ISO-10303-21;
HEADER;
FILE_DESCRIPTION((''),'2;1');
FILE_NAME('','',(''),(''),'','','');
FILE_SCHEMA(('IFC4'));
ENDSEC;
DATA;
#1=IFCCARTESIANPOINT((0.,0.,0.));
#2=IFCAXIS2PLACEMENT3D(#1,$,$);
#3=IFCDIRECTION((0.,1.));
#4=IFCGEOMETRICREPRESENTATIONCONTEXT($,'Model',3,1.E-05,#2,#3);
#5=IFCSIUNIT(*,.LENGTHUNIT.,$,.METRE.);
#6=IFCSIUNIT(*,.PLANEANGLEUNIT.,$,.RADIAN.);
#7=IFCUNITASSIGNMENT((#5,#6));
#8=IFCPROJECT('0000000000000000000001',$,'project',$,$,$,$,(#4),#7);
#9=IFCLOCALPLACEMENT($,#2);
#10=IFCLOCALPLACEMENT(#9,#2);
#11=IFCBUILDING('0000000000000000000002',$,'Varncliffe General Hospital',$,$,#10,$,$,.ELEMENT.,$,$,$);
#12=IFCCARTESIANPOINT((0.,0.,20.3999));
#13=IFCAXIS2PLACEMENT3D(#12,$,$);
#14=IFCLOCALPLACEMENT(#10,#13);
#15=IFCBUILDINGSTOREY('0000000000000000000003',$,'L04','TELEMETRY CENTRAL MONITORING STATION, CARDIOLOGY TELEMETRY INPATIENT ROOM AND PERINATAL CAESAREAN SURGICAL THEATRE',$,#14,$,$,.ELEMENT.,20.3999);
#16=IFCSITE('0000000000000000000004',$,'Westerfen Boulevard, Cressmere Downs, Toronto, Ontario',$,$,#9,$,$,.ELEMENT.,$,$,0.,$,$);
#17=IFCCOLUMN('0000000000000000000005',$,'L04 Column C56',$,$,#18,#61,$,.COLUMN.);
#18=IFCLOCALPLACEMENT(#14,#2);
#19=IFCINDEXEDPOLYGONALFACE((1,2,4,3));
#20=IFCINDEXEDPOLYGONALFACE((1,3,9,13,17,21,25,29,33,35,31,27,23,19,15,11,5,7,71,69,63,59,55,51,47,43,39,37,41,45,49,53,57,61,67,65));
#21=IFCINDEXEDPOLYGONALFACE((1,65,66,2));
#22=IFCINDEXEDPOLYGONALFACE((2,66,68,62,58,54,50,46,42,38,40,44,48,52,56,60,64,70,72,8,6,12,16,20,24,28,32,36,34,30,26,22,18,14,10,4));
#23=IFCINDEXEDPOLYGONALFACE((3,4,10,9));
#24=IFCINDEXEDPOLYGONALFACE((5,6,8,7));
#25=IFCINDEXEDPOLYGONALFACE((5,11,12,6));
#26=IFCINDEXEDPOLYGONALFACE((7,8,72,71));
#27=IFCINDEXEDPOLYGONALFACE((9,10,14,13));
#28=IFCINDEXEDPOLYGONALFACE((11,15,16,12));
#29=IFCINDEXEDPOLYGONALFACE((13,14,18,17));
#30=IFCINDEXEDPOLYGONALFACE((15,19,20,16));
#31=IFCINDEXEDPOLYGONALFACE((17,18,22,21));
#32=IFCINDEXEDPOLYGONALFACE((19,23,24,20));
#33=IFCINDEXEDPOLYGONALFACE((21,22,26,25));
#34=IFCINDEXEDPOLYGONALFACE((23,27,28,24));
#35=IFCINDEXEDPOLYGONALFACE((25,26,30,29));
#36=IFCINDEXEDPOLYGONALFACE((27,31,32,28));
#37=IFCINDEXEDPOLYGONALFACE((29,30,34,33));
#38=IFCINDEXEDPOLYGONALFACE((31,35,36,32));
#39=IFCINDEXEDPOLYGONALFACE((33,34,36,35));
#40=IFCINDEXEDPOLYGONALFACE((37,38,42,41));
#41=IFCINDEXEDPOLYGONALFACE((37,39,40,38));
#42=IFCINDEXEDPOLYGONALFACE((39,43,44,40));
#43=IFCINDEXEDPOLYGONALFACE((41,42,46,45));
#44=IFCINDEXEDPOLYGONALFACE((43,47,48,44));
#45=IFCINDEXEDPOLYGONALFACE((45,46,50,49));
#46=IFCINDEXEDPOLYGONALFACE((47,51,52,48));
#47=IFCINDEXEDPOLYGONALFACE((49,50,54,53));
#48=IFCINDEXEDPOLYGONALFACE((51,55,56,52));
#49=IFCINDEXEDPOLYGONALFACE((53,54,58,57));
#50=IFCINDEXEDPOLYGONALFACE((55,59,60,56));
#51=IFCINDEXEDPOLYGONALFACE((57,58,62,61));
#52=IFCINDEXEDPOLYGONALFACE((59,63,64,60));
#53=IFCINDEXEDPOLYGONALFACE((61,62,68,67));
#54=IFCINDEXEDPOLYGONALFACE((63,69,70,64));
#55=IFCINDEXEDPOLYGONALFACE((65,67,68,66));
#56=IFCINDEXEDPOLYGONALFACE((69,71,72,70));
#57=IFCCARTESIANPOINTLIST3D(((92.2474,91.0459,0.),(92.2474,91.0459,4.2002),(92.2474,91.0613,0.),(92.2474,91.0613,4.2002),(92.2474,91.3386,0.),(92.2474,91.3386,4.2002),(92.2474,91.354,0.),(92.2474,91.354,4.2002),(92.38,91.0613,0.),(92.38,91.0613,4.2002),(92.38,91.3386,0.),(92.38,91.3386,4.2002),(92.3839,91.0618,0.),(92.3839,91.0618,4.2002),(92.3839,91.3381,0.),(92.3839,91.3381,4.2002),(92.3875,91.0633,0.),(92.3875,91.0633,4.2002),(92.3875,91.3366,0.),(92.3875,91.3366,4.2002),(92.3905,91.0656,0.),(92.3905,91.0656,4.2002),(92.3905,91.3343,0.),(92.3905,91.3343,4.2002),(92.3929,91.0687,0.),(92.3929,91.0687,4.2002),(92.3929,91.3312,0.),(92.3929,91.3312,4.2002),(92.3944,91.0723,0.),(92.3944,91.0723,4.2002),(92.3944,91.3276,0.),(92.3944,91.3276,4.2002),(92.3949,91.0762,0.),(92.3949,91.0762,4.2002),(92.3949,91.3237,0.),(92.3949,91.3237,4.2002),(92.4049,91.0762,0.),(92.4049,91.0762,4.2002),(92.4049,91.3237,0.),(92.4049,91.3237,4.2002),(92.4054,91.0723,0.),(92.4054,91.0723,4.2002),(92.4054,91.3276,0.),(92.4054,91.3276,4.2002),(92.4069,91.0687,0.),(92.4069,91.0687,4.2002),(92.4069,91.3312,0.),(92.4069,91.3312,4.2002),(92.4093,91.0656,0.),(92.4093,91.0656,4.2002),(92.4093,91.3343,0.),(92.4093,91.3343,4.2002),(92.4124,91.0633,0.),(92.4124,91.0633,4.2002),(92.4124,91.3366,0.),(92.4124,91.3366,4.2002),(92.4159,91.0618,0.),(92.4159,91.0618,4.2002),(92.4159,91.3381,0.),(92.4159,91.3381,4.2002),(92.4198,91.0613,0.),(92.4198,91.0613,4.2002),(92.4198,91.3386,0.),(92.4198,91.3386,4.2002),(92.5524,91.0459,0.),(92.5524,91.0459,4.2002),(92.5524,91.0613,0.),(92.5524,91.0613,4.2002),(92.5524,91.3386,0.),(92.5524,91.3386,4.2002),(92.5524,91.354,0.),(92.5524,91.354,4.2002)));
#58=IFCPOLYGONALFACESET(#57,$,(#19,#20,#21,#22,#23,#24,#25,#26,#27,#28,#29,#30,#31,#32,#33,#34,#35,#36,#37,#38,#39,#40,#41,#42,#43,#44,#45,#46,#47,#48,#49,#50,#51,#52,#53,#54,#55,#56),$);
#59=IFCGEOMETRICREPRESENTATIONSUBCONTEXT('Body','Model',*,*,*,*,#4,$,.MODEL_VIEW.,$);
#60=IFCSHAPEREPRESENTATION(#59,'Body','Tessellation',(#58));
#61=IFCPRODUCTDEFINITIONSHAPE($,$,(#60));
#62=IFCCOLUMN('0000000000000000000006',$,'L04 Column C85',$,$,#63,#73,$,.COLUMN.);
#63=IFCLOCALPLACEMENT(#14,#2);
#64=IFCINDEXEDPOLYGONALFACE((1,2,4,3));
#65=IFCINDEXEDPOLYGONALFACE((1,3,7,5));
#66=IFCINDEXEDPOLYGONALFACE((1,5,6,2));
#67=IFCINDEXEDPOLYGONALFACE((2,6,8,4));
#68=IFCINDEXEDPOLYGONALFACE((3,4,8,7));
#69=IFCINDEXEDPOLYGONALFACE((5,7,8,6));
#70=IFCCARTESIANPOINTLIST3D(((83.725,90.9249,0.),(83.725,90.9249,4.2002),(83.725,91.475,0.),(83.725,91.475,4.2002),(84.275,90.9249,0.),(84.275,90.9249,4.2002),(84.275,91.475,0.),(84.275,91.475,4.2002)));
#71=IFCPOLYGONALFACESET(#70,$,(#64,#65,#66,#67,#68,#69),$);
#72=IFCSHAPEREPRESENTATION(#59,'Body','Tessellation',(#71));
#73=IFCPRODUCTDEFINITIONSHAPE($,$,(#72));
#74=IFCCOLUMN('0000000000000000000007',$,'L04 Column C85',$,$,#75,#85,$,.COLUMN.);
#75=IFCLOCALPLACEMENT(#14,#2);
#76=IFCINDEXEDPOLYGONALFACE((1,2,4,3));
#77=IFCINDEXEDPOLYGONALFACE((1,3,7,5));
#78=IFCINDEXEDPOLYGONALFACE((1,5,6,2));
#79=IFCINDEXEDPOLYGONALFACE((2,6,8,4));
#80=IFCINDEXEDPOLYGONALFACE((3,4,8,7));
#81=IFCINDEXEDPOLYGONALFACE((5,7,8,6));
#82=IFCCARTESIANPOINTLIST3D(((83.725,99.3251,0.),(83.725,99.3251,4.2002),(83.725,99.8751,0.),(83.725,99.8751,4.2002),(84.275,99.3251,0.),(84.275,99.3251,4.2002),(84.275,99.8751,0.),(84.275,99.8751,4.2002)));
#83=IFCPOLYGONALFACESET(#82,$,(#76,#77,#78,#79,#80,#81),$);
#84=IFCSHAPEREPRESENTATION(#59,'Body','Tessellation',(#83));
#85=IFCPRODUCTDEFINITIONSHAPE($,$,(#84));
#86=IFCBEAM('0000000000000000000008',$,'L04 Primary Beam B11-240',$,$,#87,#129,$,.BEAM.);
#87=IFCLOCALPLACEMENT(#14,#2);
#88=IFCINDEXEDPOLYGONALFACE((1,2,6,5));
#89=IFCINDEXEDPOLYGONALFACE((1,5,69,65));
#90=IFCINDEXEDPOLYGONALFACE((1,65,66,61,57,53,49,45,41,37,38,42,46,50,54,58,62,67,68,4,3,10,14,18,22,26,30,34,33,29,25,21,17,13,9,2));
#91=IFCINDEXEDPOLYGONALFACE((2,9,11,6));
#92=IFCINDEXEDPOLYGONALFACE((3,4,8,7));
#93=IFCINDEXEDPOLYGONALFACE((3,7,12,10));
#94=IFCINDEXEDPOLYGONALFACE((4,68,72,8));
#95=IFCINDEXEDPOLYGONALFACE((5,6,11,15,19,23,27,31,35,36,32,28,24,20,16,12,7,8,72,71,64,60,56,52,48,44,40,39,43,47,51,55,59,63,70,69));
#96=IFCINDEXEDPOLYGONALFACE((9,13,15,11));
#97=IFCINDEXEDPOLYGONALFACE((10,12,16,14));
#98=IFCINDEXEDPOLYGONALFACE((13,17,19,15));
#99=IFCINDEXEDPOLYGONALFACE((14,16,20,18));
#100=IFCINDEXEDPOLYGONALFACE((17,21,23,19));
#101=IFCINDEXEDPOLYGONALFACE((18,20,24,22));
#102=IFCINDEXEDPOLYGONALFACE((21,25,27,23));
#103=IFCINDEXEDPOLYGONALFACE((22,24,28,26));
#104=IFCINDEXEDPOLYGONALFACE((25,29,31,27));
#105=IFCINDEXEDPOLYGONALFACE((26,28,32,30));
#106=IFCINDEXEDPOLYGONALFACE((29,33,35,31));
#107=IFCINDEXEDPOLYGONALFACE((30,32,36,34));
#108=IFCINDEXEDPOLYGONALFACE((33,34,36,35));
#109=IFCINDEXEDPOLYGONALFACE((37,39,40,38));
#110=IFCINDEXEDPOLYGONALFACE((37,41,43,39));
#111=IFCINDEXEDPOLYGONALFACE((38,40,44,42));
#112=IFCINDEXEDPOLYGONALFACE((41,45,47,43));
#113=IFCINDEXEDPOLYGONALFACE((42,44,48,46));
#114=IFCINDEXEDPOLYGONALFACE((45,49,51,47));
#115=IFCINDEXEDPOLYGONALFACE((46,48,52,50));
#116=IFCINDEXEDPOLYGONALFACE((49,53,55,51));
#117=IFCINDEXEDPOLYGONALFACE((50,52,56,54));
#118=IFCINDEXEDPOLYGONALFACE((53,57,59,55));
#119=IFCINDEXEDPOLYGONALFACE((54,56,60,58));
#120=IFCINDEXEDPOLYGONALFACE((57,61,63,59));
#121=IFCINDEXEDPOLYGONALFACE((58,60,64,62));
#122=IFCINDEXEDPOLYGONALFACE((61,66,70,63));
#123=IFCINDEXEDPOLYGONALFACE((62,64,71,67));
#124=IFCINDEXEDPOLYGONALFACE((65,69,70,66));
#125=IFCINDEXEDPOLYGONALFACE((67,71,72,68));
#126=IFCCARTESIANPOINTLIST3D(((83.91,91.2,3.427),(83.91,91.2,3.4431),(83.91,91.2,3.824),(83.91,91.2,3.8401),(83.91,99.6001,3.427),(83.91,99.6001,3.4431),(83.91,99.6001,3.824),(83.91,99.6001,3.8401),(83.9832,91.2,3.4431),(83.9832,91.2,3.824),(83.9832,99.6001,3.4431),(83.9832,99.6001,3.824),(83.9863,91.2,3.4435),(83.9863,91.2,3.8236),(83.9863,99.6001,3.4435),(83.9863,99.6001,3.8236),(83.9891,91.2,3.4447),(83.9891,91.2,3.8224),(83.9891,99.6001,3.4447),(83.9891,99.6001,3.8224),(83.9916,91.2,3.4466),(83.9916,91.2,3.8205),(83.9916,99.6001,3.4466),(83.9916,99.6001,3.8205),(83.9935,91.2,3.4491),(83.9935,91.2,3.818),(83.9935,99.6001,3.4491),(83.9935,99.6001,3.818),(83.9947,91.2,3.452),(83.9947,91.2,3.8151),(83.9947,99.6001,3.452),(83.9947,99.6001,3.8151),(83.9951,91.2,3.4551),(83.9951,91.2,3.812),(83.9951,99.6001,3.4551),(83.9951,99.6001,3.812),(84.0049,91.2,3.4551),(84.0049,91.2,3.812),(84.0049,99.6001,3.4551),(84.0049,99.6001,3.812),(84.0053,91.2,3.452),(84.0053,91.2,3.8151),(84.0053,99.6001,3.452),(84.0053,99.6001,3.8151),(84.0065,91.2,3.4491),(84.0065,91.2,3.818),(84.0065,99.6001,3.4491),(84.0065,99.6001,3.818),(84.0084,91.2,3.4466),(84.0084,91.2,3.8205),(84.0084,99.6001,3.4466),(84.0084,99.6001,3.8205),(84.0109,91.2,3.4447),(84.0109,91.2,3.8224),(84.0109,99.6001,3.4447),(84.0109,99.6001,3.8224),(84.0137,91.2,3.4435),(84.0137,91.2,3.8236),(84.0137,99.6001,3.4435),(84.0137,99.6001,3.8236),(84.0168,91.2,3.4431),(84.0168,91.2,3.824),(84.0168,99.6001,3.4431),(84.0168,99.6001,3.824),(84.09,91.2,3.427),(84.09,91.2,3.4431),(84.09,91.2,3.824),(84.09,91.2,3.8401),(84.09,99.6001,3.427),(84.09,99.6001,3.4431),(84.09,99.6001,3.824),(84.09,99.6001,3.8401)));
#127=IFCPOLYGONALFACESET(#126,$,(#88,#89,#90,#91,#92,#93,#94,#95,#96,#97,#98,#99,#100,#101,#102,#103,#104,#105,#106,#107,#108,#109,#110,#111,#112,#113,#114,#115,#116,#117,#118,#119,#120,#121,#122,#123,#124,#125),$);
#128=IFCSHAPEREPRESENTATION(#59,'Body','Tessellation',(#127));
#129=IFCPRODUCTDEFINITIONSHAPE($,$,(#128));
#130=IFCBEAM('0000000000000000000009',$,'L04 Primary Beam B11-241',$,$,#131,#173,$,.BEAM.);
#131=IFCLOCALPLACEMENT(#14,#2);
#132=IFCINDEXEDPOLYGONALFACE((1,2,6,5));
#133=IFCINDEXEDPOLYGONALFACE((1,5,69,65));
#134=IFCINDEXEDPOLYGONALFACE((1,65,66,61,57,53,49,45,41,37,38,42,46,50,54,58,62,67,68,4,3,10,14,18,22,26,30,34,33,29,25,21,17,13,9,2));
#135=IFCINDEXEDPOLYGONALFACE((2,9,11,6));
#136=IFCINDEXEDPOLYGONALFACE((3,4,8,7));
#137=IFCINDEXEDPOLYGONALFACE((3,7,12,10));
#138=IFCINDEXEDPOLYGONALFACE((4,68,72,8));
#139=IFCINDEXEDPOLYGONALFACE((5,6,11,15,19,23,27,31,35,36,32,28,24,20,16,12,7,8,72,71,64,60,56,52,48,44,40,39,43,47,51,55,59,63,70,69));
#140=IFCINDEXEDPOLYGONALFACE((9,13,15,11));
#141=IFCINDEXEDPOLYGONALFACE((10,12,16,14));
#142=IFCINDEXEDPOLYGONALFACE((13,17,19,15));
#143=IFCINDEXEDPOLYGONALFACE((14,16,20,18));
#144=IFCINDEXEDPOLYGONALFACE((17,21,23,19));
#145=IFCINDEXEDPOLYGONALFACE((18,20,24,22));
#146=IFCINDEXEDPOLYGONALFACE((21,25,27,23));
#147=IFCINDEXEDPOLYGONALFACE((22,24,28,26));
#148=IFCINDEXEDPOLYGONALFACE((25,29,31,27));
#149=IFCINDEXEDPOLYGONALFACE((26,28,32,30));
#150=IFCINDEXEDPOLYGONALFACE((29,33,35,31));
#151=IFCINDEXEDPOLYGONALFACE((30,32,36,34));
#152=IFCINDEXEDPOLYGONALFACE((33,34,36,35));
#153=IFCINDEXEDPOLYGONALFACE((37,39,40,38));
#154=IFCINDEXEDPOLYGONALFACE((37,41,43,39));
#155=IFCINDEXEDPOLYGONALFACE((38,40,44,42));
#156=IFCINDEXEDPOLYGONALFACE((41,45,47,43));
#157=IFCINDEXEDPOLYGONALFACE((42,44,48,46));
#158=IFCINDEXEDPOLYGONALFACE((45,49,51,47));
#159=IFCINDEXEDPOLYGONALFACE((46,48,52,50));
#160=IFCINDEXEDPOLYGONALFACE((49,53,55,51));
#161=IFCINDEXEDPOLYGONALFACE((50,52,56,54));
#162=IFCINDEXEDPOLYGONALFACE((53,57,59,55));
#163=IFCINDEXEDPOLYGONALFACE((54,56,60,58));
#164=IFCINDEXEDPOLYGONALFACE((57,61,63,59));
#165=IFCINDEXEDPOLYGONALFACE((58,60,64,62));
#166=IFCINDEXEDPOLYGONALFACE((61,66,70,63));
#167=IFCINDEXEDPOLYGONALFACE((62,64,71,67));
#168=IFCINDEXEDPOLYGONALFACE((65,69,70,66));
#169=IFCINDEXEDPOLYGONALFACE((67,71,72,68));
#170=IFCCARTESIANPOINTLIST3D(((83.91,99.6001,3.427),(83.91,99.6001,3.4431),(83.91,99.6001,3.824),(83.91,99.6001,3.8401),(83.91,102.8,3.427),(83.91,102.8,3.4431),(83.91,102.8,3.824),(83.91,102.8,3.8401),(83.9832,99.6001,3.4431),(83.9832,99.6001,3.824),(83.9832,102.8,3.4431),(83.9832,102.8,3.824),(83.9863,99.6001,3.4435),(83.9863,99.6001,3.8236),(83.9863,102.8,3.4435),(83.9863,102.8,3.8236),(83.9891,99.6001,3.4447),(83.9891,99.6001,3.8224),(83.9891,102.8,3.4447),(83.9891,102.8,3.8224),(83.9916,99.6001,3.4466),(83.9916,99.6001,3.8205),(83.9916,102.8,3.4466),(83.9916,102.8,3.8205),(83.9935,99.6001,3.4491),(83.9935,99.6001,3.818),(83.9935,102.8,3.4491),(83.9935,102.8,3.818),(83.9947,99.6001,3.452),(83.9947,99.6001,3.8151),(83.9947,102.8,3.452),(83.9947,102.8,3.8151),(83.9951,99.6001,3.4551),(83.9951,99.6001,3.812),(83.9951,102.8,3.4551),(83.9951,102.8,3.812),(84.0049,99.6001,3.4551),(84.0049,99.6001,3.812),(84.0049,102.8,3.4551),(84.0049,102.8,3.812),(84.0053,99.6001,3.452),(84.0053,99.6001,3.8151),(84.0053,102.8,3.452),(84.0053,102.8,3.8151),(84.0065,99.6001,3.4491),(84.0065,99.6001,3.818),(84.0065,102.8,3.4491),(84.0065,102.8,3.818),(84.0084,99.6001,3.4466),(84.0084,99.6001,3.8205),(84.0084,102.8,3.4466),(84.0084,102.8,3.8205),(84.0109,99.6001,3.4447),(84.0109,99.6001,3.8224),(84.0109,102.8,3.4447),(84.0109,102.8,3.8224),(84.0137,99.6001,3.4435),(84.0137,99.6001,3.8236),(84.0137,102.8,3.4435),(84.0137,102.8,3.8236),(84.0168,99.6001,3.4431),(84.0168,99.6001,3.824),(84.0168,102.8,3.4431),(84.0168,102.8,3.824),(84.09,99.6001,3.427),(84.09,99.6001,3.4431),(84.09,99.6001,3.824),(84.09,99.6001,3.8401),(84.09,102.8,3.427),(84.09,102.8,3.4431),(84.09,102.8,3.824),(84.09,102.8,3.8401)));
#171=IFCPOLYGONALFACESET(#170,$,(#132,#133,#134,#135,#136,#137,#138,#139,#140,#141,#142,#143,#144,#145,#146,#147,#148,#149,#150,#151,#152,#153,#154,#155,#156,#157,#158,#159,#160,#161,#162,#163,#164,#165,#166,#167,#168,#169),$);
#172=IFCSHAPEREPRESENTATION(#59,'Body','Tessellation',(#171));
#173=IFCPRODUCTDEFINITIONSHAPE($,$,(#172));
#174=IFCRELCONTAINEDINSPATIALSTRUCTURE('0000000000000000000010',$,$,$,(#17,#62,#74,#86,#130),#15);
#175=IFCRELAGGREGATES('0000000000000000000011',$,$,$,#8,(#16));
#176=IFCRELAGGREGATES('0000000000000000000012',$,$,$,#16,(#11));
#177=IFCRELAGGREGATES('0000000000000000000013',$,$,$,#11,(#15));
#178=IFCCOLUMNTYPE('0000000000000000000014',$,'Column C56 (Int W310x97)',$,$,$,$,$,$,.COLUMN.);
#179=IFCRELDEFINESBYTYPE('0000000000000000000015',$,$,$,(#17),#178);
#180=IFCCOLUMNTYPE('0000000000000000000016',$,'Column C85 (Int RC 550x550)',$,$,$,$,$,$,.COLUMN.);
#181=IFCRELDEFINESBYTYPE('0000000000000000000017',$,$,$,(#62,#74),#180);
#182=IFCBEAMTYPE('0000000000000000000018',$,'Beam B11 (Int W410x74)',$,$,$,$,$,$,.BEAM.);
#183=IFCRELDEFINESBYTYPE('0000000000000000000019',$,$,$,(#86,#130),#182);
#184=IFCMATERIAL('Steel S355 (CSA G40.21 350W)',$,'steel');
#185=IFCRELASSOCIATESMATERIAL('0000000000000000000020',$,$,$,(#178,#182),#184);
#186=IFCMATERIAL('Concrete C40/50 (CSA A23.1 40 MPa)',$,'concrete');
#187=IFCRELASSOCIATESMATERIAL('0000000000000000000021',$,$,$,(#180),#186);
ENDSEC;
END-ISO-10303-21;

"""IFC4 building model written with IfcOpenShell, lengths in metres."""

from ifc_helpers import new_model, si_unit, direction, frame, origin, origin_2d, place, context, subcontext, project, spatial, rectangle, i_section, extrude, material, material_profile, profile_set, type_object, element, save


model = new_model("IFC4")

# Units and contexts
model_context = context("Model", 3, precision=1e-05, world=origin(), true_north=direction((0.0, 1.0)))
body_context = subcontext(model_context, "Body", "Model", "MODEL_VIEW")
ifc_project = project(units=[si_unit("LENGTHUNIT", "METRE"), si_unit("PLANEANGLEUNIT", "RADIAN")], contexts=[model_context])

# Site, building, storey
site_placement = place(None, origin())
site = spatial("IfcSite", under=ifc_project, at=site_placement, Name="Westerfen Boulevard, Cressmere Downs, Toronto, Ontario", CompositionType="ELEMENT", RefElevation=0.0)
building_placement = place(site_placement, origin())
building = spatial("IfcBuilding", under=site, at=building_placement, Name="Varncliffe General Hospital", CompositionType="ELEMENT")
storey_placement = place(building_placement, frame((0.0, 0.0, 20.3999)))
storey = spatial("IfcBuildingStorey", under=building, at=storey_placement, Name="L04", Description="TELEMETRY CENTRAL MONITORING STATION, CARDIOLOGY TELEMETRY INPATIENT ROOM AND PERINATAL CAESAREAN SURGICAL THEATRE", CompositionType="ELEMENT", Elevation=20.3999)

# Columns
ifc_material_1 = material(Name="Steel S355 (CSA G40.21 350W)", Category="steel")
ifc_material_profile_1 = material_profile(ifc_material_1, i_section(OverallWidth=0.3049, OverallDepth=0.3081, WebThickness=0.01, FlangeThickness=0.0154, FilletRadius=0.0149, at=origin_2d()), Name="W310x97")
ifc_profile_set_1 = profile_set([ifc_material_profile_1], Name="Steel S355 (CSA G40.21 350W)")
column_type_1 = type_object("IfcColumnType", Name="Column C56 (Int W310x97)", PredefinedType="COLUMN", material=ifc_profile_set_1)
column_placement = place(storey_placement, frame((92.3999, 91.2, 0.0), z_axis=(0.0, 0.0, 1.0), x_axis=(1.0, 0.0, 0.0)))
element("IfcColumn", 1, at=column_placement, inside=storey, type_object=column_type_1, Name="L04 Column C56", PredefinedType="COLUMN", context=body_context, shape_type="SweptSolid", body=[
    extrude(i_section(OverallWidth=0.3049, OverallDepth=0.3081, WebThickness=0.01, FlangeThickness=0.0154, FilletRadius=0.0149, at=origin_2d()), origin(), (0.0, 0.0, 1.0), 4.2002),
])
ifc_material_2 = material(Name="Concrete C40/50 (CSA A23.1 40 MPa)", Category="concrete")
ifc_material_profile_2 = material_profile(ifc_material_2, rectangle(XDim=0.55, YDim=0.55, at=origin_2d()), Name="RC 550x550")
ifc_profile_set_2 = profile_set([ifc_material_profile_2], Name="Concrete C40/50 (CSA A23.1 40 MPa)")
column_type_2 = type_object("IfcColumnType", Name="Column C85 (Int RC 550x550)", PredefinedType="COLUMN", material=ifc_profile_set_2)
for number, where, z_axis, x_axis, name in (
    (2, (84.0, 91.2, 0.0), (0.0, 0.0, 1.0), (1.0, 0.0, 0.0), "L04 Column C85"),
    (3, (84.0, 99.6001, 0.0), (0.0, 0.0, 1.0), (1.0, 0.0, 0.0), "L04 Column C85"),
):
    element("IfcColumn", number, at=place(storey_placement, frame(where, z_axis=z_axis, x_axis=x_axis)), inside=storey, type_object=column_type_2, Name=name, PredefinedType="COLUMN", context=body_context, shape_type="SweptSolid", body=[
        extrude(rectangle(XDim=0.55, YDim=0.55, at=origin_2d()), origin(), (0.0, 0.0, 1.0), 4.2002),
    ])

# Beams
ifc_material_profile_3 = material_profile(ifc_material_1, i_section(OverallWidth=0.1799, OverallDepth=0.4131, WebThickness=0.0098, FlangeThickness=0.0161, FilletRadius=0.012, at=origin_2d()), Name="W410x74")
ifc_profile_set_3 = profile_set([ifc_material_profile_3], Name="Steel S355 (CSA G40.21 350W)")
beam_type_1 = type_object("IfcBeamType", Name="Beam B11 (Int W410x74)", PredefinedType="BEAM", material=ifc_profile_set_3)
beam_1_placement = place(storey_placement, frame((84.0, 91.2, 3.6335), z_axis=(0.0, 1.0, 0.0), x_axis=(-1.0, 0.0, 0.0)))
element("IfcBeam", 4, at=beam_1_placement, inside=storey, type_object=beam_type_1, Name="L04 Primary Beam B11-240", PredefinedType="BEAM", context=body_context, shape_type="SweptSolid", body=[
    extrude(i_section(OverallWidth=0.1799, OverallDepth=0.4131, WebThickness=0.0098, FlangeThickness=0.0161, FilletRadius=0.012, at=origin_2d()), origin(), (0.0, 0.0, 1.0), 8.4001),
])
beam_2_placement = place(storey_placement, frame((84.0, 99.6001, 3.6335), z_axis=(0.0, 1.0, 0.0), x_axis=(-1.0, 0.0, 0.0)))
element("IfcBeam", 5, at=beam_2_placement, inside=storey, type_object=beam_type_1, Name="L04 Primary Beam B11-241", PredefinedType="BEAM", context=body_context, shape_type="SweptSolid", body=[
    extrude(i_section(OverallWidth=0.1799, OverallDepth=0.4131, WebThickness=0.0098, FlangeThickness=0.0161, FilletRadius=0.012, at=origin_2d()), origin(), (0.0, 0.0, 1.0), 3.2),
])

save(model, "model.ifc")
